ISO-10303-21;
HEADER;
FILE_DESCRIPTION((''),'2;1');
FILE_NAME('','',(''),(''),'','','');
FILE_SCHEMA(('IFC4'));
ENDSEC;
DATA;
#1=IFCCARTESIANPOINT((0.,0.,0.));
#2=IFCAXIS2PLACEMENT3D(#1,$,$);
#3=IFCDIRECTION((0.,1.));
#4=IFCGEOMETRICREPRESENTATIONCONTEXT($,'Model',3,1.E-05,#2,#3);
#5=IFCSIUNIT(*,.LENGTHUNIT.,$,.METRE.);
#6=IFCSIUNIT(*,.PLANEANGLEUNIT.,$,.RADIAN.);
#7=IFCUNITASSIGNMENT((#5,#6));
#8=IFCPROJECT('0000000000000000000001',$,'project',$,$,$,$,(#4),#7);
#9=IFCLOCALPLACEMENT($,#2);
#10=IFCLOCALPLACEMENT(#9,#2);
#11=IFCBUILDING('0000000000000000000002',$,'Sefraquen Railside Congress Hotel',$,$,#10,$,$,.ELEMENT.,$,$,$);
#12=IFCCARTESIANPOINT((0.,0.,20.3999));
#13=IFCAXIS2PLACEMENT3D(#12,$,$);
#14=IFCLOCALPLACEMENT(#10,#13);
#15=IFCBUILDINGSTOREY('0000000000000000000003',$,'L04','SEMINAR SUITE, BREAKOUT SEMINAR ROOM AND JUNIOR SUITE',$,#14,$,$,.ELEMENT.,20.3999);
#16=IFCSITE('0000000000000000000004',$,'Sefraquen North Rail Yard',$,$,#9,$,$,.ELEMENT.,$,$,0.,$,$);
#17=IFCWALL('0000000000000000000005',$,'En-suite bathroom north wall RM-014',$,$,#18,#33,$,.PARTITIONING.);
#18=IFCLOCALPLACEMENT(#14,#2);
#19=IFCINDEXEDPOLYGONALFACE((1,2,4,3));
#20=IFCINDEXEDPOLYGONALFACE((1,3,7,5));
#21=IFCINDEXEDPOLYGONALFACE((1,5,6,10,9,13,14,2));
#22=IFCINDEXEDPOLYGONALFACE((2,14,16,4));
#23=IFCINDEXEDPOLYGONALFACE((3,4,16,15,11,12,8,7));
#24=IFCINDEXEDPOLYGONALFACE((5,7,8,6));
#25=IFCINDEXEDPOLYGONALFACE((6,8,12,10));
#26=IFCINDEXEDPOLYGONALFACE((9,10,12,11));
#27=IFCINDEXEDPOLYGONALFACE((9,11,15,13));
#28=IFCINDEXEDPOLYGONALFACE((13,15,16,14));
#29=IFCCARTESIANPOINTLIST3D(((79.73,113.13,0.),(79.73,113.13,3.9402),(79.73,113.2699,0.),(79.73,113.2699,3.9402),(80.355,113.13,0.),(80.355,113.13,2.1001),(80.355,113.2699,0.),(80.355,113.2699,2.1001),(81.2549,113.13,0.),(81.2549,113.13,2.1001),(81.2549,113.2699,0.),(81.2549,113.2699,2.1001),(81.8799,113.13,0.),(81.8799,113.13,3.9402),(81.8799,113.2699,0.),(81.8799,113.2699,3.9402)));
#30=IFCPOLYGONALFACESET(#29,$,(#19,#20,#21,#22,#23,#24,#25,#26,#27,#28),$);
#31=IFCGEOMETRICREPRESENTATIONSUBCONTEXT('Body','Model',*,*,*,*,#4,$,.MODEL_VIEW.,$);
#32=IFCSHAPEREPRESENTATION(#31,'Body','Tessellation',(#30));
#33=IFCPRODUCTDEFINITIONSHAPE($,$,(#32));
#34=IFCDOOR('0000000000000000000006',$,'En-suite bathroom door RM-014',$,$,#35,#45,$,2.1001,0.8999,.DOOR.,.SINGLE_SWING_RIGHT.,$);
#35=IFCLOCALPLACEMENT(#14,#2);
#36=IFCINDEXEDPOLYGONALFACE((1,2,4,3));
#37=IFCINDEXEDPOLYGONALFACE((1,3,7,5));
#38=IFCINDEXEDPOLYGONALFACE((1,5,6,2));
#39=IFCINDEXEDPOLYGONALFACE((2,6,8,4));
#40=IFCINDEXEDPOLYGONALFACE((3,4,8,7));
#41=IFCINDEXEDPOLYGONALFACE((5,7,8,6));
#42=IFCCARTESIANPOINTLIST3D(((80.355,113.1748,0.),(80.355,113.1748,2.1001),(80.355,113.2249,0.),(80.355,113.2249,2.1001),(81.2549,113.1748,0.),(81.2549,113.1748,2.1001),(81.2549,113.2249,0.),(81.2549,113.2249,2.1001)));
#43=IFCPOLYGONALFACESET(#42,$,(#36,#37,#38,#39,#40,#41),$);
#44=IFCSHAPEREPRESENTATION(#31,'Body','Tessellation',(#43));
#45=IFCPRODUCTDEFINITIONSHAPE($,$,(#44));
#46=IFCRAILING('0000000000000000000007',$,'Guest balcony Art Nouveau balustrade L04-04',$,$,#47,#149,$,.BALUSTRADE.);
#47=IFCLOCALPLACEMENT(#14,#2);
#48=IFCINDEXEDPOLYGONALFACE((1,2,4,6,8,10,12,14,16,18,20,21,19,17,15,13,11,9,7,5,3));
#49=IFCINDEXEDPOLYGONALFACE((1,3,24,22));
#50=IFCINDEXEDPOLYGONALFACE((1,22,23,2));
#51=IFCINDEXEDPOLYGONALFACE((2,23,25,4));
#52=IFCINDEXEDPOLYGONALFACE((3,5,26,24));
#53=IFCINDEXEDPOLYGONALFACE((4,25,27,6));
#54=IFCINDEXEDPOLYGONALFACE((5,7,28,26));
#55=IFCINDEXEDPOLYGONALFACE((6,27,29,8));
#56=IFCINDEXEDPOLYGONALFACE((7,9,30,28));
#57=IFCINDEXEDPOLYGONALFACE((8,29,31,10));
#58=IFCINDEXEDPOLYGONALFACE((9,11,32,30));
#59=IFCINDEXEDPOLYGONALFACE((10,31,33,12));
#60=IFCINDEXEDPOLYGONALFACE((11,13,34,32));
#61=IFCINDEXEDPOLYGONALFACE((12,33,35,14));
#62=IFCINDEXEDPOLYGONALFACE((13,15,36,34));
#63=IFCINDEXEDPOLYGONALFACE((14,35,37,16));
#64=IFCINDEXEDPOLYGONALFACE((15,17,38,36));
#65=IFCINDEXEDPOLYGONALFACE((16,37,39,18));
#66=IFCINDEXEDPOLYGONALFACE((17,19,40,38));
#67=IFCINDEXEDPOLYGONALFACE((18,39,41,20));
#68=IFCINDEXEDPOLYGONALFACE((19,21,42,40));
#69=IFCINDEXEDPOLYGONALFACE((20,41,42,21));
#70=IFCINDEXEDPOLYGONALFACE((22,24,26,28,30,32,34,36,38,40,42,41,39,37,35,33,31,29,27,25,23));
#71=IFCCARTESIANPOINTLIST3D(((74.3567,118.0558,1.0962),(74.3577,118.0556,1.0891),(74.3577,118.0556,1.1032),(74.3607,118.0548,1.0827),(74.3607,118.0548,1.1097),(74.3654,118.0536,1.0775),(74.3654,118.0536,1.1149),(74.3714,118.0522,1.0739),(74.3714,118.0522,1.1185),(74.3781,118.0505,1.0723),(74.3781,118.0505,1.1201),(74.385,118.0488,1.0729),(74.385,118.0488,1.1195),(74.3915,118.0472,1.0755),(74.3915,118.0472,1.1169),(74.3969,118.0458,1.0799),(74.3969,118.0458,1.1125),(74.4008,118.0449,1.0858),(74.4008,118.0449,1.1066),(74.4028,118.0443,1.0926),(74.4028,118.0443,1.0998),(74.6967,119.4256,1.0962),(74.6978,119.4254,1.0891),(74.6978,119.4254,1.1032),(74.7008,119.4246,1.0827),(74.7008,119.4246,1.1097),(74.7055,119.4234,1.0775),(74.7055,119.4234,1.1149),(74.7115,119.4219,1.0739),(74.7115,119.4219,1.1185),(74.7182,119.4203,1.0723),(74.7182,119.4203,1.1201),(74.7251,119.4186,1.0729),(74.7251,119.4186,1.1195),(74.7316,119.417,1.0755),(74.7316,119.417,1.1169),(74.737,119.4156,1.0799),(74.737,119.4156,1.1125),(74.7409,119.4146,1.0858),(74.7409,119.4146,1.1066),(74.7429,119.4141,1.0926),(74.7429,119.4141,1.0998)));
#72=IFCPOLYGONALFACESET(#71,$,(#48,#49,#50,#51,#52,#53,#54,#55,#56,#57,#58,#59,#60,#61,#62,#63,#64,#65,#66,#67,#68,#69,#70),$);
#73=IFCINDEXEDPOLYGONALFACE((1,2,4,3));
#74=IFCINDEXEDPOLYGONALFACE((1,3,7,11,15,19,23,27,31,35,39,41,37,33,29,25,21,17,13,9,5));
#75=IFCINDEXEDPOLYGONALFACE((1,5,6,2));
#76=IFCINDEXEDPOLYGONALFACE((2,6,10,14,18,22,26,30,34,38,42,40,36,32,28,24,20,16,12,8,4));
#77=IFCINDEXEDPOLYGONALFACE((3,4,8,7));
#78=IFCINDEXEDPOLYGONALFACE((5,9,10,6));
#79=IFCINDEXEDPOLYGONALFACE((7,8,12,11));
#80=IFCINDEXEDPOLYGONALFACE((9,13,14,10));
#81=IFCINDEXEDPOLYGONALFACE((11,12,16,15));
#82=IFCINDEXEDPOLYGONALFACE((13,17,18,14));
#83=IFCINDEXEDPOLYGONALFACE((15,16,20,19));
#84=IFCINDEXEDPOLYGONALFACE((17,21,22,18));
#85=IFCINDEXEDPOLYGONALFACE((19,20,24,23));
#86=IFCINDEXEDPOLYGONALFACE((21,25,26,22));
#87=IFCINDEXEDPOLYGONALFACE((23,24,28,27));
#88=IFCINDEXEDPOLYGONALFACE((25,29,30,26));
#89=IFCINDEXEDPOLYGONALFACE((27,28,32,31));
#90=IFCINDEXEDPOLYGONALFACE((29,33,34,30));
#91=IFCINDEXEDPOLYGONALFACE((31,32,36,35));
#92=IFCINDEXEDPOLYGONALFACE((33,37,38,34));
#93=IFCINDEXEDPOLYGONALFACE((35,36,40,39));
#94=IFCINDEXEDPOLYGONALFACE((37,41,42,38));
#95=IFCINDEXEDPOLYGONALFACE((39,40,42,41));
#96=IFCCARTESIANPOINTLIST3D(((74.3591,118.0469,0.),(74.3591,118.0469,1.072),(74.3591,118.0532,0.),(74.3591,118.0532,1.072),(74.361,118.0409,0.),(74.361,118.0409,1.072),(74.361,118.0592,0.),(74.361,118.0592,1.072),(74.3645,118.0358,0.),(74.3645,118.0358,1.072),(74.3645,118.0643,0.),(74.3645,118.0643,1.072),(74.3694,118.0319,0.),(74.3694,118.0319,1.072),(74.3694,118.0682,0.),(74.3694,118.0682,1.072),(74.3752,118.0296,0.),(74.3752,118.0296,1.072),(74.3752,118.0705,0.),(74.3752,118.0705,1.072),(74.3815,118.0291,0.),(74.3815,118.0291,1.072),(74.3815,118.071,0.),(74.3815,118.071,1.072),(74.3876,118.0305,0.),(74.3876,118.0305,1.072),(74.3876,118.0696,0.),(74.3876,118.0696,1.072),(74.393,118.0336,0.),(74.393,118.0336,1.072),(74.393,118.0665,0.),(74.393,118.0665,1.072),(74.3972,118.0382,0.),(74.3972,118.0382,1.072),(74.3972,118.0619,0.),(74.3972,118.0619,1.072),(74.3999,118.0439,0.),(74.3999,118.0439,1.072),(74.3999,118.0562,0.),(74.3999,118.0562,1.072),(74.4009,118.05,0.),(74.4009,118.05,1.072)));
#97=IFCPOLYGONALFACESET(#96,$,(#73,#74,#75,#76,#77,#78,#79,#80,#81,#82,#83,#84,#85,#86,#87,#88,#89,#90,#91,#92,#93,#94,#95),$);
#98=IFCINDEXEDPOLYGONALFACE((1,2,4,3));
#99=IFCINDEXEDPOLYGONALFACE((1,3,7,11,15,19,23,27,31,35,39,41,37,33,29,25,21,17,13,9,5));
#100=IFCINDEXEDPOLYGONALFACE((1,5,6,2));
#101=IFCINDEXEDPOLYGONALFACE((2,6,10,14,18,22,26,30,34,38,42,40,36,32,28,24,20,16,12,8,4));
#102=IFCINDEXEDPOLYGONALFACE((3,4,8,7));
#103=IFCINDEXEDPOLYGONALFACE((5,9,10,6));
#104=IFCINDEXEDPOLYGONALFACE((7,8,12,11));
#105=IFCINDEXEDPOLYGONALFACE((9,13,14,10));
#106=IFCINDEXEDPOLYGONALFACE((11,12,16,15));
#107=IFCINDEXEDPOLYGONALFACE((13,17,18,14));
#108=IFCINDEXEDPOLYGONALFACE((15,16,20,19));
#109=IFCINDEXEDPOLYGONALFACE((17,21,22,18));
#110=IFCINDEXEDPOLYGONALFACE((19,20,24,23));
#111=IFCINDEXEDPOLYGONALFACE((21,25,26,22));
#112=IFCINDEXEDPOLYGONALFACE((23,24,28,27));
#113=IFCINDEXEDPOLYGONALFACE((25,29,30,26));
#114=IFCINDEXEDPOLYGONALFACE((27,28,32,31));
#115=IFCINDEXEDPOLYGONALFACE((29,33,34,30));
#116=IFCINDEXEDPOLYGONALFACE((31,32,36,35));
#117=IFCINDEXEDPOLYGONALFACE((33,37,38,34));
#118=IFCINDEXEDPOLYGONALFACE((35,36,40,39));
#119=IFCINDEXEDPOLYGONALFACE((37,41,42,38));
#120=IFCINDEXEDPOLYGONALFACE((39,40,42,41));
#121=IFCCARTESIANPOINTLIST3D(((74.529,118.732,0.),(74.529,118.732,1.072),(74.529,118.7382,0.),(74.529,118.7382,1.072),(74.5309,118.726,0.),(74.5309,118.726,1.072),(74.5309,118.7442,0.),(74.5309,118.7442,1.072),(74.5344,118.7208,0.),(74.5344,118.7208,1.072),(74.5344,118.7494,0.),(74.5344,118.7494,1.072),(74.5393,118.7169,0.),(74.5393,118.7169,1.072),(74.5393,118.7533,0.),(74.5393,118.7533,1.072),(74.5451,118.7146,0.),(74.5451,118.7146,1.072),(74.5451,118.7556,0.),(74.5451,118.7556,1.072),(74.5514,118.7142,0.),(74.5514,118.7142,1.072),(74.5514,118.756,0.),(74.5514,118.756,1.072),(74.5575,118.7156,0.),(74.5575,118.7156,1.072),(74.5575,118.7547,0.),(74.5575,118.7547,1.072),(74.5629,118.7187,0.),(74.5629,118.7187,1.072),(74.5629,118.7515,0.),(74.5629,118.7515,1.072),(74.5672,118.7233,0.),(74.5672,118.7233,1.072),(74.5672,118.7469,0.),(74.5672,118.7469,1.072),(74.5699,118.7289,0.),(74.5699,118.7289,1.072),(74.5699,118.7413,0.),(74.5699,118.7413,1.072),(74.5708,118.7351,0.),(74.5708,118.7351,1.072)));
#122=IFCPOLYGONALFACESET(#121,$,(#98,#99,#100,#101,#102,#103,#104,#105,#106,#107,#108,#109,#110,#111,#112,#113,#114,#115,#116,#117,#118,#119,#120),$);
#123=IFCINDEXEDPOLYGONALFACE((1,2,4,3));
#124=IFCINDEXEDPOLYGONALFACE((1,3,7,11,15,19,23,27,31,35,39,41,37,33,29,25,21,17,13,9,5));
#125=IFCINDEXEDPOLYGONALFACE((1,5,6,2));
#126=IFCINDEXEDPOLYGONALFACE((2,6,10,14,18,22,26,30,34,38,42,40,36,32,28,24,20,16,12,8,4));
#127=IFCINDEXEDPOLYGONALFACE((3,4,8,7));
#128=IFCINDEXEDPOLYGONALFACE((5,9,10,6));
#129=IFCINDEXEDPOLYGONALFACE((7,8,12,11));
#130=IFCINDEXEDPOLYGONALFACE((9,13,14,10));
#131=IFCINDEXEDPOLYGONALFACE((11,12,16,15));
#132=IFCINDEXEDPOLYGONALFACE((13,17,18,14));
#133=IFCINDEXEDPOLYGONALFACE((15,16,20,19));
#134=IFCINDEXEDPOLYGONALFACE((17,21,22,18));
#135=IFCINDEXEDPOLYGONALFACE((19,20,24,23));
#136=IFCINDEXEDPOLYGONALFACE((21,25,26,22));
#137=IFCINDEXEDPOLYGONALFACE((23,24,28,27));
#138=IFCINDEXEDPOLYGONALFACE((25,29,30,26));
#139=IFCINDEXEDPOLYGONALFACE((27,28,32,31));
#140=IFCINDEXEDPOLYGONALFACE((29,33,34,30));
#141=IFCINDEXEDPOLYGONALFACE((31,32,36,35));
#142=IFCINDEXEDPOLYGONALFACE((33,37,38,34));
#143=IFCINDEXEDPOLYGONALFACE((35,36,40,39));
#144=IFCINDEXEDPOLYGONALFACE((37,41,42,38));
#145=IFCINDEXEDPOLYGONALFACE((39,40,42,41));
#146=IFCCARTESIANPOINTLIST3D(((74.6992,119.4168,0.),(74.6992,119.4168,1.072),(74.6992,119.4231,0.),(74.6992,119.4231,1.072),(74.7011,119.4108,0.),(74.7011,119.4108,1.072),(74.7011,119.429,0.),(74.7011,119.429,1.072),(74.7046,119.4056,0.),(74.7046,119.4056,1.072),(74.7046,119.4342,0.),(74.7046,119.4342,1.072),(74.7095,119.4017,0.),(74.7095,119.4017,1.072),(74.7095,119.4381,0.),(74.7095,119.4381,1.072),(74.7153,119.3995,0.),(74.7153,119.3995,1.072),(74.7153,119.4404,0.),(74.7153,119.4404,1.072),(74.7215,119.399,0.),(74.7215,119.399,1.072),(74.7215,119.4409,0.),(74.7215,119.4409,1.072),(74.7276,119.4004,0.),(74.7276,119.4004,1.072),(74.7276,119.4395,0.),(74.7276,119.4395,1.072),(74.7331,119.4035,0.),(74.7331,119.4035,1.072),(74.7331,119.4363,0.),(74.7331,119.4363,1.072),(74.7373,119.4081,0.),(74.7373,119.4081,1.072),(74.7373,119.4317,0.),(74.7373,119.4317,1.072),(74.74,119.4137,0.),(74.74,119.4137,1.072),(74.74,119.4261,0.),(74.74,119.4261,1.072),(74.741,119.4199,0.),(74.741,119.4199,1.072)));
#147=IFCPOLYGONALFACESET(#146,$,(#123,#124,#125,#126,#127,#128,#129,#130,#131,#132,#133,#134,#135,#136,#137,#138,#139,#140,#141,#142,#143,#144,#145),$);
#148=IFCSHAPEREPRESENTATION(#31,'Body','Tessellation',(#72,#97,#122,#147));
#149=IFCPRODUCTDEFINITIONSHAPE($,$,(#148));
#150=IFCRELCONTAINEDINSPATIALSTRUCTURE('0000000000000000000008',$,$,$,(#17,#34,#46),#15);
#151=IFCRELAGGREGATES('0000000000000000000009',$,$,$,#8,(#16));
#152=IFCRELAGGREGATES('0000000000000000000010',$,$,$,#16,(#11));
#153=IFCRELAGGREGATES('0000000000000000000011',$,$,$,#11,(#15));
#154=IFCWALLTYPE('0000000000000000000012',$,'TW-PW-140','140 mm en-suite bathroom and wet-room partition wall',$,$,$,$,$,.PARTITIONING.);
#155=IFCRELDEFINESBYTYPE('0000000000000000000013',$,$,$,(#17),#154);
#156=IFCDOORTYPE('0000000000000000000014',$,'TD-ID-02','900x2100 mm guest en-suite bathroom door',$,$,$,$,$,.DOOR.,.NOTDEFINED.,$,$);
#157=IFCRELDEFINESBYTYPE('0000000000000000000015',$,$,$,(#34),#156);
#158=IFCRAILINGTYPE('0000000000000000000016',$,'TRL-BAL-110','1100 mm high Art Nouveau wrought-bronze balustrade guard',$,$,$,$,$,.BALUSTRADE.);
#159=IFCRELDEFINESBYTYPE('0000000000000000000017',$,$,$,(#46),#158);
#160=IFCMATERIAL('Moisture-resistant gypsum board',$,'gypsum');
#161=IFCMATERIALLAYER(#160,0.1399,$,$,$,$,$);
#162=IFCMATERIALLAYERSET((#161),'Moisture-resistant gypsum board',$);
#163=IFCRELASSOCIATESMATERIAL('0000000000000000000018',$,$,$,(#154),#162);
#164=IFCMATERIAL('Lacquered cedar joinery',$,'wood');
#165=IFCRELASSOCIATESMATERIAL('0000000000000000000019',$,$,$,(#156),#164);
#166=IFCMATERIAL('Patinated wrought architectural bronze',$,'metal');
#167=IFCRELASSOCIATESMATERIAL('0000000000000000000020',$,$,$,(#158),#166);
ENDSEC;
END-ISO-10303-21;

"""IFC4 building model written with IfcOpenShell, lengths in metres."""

from ifc_helpers import new_model, si_unit, direction, frame, frame_2d, origin, origin_2d, place, context, subcontext, project, spatial, rectangle, circle, extrude, material, layer, layer_set, type_object, element, fill, save


model = new_model("IFC4")

# Units and contexts
model_context = context("Model", 3, precision=1e-05, world=origin(), true_north=direction((0.0, 1.0)))
body_context = subcontext(model_context, "Body", "Model", "MODEL_VIEW")
ifc_project = project(units=[si_unit("LENGTHUNIT", "METRE"), si_unit("PLANEANGLEUNIT", "RADIAN")], contexts=[model_context])

# Site, building, storey
site_placement = place(None, origin())
site = spatial("IfcSite", under=ifc_project, at=site_placement, Name="Sefraquen North Rail Yard", CompositionType="ELEMENT", RefElevation=0.0)
building_placement = place(site_placement, origin())
building = spatial("IfcBuilding", under=site, at=building_placement, Name="Sefraquen Railside Congress Hotel", CompositionType="ELEMENT")
storey_placement = place(building_placement, frame((0.0, 0.0, 20.3999)))
storey = spatial("IfcBuildingStorey", under=building, at=storey_placement, Name="L04", Description="SEMINAR SUITE, BREAKOUT SEMINAR ROOM AND JUNIOR SUITE", CompositionType="ELEMENT", Elevation=20.3999)

# Shared definitions
ifc_material_1 = material(Name="Moisture-resistant gypsum board", Category="gypsum")
ifc_layer = layer(ifc_material_1, 0.1399)
ifc_layer_set = layer_set([ifc_layer], Name="Moisture-resistant gypsum board")
wall_type = type_object("IfcWallType", Name="TW-PW-140", Description="140 mm en-suite bathroom and wet-room partition wall", PredefinedType="PARTITIONING", material=ifc_layer_set)
ifc_material_2 = material(Name="Lacquered cedar joinery", Category="wood")
door_type = type_object("IfcDoorType", Name="TD-ID-02", Description="900x2100 mm guest en-suite bathroom door", OperationType="NOTDEFINED", PredefinedType="DOOR", material=ifc_material_2)

# Wall, opening, door
wall_1_placement = place(storey_placement, frame((79.73, 113.2, 0.0), z_axis=(0.0, 0.0, 1.0), x_axis=(1.0, 0.0, 0.0)))
wall_1 = element("IfcWall", 1, at=wall_1_placement, inside=storey, type_object=wall_type, Name="En-suite bathroom north wall RM-014", PredefinedType="PARTITIONING", context=body_context, shape_type="SweptSolid", body=[
    extrude(rectangle(XDim=2.1499, YDim=0.1399, at=frame_2d((1.075, 0.0))), origin(), (0.0, 0.0, 1.0), 3.9402),
])
opening_1_placement = place(wall_1_placement, frame((0.625, 0.0, 0.0)))
opening_1 = element("IfcOpeningElement", 2, at=opening_1_placement, cuts=wall_1, PredefinedType="OPENING", context=body_context, shape_type="SweptSolid", body=[
    extrude(rectangle(XDim=0.8999, YDim=2.1001, at=frame_2d((0.45, 1.05))), frame((0.0, 0.0798, 0.0), z_axis=(0.0, -1.0, 0.0), x_axis=(1.0, 0.0, 0.0)), (0.0, 0.0, 1.0), 0.1599),
])
door_1_placement = place(opening_1_placement, origin())
door_1 = element("IfcDoor", 3, at=door_1_placement, inside=storey, type_object=door_type, Name="En-suite bathroom door RM-014", OperationType="SINGLE_SWING_RIGHT", OverallHeight=2.1001, OverallWidth=0.8999, PredefinedType="DOOR", context=body_context, shape_type="SweptSolid", body=[
    extrude(rectangle(XDim=0.8999, YDim=2.1001, at=frame_2d((0.45, 1.05))), frame((0.0, 0.0249, 0.0), z_axis=(0.0, -1.0, 0.0), x_axis=(1.0, 0.0, 0.0)), (0.0, 0.0, 1.0), 0.05),
])
fill(opening_1, door_1)

# Railing
ifc_material_3 = material(Name="Patinated wrought architectural bronze", Category="metal")
railing_type = type_object("IfcRailingType", Name="TRL-BAL-110", Description="1100 mm high Art Nouveau wrought-bronze balustrade guard", PredefinedType="BALUSTRADE", material=ifc_material_3)
railing_1_placement = place(storey_placement, frame((74.3799, 118.05, 0.0)))
element("IfcRailing", 4, at=railing_1_placement, inside=storey, type_object=railing_type, Name="Guest balcony Art Nouveau balustrade L04-04", PredefinedType="BALUSTRADE", context=body_context, shape_type="SweptSolid", body=[
    extrude(circle(Radius=0.0239, at=origin_2d()), frame((0.0, 0.0, 1.0962), z_axis=(0.240948, 0.970538, 0.0), x_axis=(-0.970538, 0.240948, 0.0)), (0.0, 0.0, 1.0), 1.4114),
    extrude(circle(Radius=0.021, at=origin_2d()), origin(), (0.0, 0.0, 1.0), 1.072),
    extrude(circle(Radius=0.021, at=origin_2d()), frame((0.1699, 0.6851, 0.0)), (0.0, 0.0, 1.0), 1.072),
    extrude(circle(Radius=0.021, at=origin_2d()), frame((0.3401, 1.3699, 0.0)), (0.0, 0.0, 1.0), 1.072),
])

save(model, "model.ifc")
